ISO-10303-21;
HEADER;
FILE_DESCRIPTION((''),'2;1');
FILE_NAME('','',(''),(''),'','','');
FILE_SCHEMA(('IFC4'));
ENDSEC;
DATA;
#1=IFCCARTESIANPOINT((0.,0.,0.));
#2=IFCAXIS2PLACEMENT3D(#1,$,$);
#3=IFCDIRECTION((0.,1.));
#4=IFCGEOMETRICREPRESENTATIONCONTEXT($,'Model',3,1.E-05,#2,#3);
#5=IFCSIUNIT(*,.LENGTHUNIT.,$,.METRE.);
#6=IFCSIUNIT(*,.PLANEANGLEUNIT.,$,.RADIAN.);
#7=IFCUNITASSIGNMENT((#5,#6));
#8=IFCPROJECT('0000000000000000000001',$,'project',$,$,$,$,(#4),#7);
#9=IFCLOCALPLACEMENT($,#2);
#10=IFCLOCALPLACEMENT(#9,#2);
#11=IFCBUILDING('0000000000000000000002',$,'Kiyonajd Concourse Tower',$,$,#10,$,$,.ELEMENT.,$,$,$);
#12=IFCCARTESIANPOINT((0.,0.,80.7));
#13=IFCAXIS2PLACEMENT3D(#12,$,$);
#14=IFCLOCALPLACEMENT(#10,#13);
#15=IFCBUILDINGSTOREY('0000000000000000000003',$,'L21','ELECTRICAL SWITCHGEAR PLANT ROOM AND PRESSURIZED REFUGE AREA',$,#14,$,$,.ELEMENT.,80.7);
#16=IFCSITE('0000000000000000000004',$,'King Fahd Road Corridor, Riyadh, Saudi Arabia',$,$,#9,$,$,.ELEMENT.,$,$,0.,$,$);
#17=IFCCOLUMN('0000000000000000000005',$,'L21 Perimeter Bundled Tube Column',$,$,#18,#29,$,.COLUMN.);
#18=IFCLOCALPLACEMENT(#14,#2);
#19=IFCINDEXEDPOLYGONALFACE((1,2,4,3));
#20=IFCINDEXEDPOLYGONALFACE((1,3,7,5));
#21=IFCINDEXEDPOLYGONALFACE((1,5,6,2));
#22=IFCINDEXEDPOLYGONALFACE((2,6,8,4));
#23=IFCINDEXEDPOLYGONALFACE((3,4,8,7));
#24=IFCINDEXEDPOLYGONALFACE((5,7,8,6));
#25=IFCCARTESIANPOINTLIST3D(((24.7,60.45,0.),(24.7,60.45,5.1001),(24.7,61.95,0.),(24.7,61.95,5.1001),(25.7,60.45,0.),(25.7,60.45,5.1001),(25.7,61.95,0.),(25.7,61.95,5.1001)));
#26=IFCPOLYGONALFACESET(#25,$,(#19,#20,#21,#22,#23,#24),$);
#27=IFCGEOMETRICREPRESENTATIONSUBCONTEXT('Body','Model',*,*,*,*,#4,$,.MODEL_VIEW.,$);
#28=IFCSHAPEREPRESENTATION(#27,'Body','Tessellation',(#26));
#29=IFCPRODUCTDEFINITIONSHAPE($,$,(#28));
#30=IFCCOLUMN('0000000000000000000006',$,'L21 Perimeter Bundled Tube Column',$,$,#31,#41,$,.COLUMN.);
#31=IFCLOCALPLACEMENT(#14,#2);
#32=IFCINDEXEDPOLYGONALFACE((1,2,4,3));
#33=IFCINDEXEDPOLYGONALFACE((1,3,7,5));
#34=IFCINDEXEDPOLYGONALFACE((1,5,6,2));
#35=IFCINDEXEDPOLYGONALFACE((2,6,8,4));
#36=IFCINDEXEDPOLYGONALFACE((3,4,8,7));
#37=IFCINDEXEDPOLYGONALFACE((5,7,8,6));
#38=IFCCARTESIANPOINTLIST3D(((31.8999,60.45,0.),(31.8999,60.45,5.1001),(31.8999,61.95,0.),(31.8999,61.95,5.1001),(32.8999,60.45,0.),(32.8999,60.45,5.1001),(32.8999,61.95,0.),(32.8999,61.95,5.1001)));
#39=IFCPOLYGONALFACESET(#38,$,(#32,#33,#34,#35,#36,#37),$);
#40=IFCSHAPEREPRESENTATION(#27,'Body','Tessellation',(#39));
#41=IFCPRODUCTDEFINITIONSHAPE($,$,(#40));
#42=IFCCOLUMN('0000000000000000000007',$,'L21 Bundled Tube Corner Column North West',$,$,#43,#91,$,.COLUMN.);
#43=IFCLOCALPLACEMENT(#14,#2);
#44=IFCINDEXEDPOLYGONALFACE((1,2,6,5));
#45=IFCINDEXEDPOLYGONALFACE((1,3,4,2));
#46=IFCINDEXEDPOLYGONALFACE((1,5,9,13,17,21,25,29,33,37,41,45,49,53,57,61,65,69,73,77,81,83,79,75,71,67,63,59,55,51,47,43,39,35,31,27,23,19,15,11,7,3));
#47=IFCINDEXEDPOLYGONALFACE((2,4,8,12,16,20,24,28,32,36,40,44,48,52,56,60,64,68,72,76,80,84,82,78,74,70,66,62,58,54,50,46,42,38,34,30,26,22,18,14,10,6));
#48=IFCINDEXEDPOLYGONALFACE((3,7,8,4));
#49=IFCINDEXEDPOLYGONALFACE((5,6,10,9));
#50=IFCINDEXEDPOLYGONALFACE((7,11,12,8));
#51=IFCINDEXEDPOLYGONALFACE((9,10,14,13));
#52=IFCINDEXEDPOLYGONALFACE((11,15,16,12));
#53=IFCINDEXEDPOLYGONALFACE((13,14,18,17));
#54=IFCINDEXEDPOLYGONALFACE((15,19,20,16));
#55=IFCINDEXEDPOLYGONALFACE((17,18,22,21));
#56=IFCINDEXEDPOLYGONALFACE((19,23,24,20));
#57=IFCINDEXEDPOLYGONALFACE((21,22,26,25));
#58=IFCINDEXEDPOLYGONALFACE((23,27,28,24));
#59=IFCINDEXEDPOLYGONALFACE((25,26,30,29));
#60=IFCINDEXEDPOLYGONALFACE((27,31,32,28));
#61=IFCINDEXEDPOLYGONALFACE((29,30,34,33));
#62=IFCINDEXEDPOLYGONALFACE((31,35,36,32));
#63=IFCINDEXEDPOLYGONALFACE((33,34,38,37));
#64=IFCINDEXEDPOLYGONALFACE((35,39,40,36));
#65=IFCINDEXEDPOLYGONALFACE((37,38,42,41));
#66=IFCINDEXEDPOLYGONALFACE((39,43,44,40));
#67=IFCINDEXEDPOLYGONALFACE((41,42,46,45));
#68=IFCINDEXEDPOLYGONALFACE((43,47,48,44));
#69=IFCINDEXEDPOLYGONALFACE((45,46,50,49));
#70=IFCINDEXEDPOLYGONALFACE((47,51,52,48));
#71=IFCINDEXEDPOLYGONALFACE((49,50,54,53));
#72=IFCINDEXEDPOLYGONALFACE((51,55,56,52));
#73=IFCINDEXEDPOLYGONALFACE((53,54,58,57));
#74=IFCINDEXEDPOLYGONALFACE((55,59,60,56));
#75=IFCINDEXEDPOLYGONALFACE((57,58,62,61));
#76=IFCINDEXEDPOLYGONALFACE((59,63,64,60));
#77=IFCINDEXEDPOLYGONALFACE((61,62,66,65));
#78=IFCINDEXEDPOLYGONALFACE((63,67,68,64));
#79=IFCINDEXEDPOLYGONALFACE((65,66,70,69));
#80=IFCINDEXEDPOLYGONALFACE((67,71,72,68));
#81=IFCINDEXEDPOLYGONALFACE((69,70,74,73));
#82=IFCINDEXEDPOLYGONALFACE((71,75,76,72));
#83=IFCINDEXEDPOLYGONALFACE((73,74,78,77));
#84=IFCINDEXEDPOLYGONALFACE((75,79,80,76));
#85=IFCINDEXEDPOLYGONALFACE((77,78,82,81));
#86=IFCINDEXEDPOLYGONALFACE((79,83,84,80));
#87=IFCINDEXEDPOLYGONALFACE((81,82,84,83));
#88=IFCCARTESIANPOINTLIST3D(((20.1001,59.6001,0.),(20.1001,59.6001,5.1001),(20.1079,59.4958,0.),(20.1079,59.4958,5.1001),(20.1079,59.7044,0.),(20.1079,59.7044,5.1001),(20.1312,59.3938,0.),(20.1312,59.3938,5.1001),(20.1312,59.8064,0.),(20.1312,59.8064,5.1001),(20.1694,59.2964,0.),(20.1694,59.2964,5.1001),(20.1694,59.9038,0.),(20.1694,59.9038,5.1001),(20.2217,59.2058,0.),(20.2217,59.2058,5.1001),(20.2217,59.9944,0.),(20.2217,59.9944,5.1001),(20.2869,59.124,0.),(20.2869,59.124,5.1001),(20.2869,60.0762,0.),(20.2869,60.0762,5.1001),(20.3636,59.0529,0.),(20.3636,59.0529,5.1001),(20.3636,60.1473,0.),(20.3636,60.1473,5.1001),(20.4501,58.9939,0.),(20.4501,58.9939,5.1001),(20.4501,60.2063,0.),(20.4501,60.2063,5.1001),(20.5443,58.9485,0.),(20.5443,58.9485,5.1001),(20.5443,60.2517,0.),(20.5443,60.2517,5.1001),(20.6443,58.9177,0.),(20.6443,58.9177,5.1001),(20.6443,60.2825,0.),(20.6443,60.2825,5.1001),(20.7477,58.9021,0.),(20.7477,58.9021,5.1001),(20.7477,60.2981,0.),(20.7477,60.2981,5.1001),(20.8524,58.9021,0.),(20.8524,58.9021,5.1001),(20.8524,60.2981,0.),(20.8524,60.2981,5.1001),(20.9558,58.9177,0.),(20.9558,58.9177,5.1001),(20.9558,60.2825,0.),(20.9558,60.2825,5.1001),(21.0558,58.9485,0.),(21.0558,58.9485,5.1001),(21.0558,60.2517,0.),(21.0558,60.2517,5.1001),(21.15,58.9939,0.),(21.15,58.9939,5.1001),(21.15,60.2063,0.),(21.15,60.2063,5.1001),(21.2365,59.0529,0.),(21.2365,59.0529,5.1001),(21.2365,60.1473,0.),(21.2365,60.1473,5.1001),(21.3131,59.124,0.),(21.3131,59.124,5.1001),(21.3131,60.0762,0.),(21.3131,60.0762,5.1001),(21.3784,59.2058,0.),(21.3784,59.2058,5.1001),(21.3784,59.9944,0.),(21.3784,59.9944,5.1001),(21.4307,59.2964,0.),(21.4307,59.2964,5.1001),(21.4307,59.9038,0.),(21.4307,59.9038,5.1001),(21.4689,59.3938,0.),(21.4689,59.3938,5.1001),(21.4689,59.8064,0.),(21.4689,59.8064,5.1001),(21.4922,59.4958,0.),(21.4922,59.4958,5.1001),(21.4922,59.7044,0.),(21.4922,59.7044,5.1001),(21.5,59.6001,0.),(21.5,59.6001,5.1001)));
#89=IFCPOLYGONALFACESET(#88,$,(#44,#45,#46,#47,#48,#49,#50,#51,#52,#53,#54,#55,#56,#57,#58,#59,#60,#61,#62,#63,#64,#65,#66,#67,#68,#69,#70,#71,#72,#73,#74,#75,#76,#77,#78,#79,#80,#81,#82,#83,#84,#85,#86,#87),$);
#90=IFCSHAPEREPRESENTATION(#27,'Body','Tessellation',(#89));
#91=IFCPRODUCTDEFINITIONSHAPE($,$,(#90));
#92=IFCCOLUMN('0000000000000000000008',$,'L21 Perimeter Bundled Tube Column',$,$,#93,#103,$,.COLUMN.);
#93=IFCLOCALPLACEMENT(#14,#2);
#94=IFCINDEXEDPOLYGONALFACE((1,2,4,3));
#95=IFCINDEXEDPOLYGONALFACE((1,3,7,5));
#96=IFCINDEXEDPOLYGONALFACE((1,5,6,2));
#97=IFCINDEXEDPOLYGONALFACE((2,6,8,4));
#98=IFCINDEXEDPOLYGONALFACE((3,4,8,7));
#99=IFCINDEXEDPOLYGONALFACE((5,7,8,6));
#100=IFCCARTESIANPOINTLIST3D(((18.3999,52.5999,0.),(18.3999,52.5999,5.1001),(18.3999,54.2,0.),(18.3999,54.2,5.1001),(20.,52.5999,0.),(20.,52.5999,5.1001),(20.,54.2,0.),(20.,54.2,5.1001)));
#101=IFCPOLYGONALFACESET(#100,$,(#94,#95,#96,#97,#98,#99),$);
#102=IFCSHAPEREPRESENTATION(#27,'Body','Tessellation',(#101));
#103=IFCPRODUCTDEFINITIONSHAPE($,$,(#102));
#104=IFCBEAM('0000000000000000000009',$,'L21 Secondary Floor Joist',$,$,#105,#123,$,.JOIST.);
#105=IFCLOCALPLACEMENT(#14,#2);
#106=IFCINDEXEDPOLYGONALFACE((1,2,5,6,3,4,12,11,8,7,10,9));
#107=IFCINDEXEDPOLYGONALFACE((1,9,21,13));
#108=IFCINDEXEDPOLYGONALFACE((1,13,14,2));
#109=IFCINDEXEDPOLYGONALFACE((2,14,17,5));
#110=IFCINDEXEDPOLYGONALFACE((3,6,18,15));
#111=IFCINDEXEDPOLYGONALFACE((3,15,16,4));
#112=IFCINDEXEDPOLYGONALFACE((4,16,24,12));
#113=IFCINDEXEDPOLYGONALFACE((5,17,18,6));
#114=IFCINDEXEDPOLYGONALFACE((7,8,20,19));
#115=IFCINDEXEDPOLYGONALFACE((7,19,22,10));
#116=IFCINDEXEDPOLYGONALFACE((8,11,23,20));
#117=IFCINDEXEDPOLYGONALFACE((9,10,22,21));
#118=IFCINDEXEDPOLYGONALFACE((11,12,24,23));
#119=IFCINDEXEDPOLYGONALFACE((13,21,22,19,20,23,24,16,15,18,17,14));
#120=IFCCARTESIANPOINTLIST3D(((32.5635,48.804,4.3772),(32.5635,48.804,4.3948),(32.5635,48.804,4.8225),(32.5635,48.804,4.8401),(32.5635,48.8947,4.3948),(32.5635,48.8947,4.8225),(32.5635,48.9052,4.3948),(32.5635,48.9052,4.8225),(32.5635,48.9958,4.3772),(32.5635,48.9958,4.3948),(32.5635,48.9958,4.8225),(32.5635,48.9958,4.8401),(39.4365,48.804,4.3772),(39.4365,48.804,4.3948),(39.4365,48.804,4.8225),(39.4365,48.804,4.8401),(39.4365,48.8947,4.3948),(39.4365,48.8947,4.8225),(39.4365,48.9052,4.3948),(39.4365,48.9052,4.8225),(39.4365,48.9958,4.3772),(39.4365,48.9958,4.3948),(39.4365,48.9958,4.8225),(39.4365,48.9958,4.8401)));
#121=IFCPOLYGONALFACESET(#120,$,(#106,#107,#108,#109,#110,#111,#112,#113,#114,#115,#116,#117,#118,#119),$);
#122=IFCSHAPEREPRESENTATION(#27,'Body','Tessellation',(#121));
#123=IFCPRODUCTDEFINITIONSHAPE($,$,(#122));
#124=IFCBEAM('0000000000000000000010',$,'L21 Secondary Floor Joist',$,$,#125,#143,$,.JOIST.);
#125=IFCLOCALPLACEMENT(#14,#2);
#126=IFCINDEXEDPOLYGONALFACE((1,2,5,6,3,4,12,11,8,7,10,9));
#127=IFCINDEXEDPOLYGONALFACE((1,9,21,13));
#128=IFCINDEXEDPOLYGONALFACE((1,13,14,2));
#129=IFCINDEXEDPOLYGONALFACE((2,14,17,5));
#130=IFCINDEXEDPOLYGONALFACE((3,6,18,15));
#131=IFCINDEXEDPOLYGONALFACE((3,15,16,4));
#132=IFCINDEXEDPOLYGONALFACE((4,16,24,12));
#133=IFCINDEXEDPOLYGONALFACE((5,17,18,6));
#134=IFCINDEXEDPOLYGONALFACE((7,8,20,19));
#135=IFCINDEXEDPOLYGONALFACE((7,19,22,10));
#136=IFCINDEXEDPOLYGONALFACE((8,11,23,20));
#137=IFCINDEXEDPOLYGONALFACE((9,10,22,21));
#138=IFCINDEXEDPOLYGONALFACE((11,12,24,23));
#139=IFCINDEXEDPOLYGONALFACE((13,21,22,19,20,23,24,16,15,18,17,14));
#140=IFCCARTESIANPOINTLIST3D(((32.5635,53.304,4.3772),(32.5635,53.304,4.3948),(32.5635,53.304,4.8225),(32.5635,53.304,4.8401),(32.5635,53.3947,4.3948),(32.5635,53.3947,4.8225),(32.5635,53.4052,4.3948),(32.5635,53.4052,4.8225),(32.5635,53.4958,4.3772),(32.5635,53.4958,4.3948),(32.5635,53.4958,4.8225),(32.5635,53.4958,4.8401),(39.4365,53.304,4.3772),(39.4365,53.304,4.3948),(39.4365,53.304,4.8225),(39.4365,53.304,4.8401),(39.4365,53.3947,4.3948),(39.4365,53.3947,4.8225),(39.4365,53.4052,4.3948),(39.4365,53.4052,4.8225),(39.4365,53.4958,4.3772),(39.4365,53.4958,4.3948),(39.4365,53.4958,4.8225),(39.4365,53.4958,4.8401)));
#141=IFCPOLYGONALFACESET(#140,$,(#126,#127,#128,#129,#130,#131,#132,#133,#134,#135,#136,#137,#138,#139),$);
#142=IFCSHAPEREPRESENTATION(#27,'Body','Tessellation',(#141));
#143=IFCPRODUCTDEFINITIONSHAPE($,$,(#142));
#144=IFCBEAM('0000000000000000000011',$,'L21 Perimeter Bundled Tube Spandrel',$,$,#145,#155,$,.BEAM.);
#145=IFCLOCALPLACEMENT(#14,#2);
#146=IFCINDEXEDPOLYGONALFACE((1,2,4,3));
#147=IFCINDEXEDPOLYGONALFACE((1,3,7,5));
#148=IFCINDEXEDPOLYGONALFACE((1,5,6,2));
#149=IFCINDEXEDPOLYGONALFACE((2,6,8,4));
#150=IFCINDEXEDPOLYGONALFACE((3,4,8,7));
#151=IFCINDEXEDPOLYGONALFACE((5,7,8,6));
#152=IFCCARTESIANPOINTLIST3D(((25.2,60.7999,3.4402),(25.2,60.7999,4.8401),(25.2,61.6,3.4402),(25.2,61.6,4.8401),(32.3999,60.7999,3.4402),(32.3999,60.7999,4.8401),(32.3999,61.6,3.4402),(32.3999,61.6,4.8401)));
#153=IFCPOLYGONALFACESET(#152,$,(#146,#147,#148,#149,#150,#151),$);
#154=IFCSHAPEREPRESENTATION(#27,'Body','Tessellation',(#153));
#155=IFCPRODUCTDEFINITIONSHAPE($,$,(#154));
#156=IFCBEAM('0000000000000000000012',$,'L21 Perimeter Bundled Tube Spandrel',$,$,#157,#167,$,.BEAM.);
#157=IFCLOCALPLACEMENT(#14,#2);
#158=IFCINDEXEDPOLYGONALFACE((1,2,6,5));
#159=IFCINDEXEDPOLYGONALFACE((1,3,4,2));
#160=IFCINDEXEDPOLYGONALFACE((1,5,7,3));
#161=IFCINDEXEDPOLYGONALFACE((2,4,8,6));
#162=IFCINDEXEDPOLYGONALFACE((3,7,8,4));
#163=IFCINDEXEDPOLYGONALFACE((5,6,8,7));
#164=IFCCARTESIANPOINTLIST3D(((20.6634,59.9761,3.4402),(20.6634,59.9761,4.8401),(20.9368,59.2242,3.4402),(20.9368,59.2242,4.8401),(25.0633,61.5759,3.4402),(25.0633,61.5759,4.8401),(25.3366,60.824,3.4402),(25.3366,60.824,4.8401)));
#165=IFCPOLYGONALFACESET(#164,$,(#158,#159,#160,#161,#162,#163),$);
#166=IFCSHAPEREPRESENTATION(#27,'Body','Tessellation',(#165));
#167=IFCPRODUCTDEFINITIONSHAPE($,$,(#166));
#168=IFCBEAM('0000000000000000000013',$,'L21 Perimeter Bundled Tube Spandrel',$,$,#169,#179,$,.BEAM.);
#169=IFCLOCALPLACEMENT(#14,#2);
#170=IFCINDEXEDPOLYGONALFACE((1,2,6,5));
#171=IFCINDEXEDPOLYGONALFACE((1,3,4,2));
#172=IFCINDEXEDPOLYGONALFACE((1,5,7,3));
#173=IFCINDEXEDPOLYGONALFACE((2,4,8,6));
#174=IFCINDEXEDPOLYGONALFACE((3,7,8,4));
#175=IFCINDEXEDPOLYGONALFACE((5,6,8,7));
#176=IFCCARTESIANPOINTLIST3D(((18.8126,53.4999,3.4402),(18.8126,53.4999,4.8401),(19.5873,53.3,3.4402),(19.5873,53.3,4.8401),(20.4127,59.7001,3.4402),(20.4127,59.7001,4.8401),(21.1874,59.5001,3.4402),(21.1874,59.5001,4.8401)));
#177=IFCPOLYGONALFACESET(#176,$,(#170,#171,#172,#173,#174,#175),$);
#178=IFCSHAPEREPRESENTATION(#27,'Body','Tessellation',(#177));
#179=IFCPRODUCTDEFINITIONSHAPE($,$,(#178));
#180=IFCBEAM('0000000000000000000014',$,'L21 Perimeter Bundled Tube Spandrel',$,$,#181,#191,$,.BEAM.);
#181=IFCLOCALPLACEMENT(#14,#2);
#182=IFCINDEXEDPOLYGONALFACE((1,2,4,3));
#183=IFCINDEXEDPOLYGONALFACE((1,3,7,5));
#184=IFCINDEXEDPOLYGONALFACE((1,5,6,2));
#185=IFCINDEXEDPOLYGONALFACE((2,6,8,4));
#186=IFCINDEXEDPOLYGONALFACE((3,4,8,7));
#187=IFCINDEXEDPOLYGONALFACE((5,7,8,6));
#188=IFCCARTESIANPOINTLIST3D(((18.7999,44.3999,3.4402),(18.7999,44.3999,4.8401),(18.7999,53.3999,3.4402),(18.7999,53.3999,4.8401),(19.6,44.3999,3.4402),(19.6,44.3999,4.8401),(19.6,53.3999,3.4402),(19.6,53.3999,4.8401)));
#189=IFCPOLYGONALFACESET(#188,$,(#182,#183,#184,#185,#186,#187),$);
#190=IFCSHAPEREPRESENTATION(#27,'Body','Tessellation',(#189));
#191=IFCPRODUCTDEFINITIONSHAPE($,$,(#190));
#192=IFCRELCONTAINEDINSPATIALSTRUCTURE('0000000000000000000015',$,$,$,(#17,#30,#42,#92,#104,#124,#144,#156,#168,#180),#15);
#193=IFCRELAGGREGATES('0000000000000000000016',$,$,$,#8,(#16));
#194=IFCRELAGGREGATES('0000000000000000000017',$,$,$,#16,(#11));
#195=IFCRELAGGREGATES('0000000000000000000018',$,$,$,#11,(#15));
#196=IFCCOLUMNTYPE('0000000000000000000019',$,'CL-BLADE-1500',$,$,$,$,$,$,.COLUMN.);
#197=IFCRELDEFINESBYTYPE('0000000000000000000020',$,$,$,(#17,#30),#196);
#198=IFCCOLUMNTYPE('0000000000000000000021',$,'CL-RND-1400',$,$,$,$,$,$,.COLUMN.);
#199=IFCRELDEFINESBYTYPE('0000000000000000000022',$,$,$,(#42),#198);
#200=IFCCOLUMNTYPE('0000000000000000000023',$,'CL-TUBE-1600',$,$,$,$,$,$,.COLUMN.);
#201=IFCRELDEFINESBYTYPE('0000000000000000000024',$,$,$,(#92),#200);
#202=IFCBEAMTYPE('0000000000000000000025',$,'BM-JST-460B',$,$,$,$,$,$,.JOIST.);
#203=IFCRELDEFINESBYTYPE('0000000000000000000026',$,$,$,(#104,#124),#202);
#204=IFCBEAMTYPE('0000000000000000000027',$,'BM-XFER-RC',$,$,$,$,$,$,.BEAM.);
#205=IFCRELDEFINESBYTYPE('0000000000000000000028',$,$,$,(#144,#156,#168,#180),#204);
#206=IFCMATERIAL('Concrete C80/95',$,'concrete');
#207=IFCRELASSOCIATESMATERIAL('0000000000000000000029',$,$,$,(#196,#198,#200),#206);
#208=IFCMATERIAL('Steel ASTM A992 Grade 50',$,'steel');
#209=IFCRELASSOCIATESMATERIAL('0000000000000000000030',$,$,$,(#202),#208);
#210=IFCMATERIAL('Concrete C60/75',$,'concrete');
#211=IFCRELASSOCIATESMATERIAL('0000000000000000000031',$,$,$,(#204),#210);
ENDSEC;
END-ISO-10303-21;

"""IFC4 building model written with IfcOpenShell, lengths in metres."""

from ifc_helpers import new_model, si_unit, direction, frame, origin, origin_2d, place, context, subcontext, project, spatial, rectangle, circle, i_section, extrude, material, material_profile, profile_set, type_object, element, save


model = new_model("IFC4")

# Units and contexts
model_context = context("Model", 3, precision=1e-05, world=origin(), true_north=direction((0.0, 1.0)))
body_context = subcontext(model_context, "Body", "Model", "MODEL_VIEW")
ifc_project = project(units=[si_unit("LENGTHUNIT", "METRE"), si_unit("PLANEANGLEUNIT", "RADIAN")], contexts=[model_context])

# Site, building, storey
site_placement = place(None, origin())
site = spatial("IfcSite", under=ifc_project, at=site_placement, Name="King Fahd Road Corridor, Riyadh, Saudi Arabia", CompositionType="ELEMENT", RefElevation=0.0)
building_placement = place(site_placement, origin())
building = spatial("IfcBuilding", under=site, at=building_placement, Name="Kiyonajd Concourse Tower", CompositionType="ELEMENT")
storey_placement = place(building_placement, frame((0.0, 0.0, 80.7)))
storey = spatial("IfcBuildingStorey", under=building, at=storey_placement, Name="L21", Description="ELECTRICAL SWITCHGEAR PLANT ROOM AND PRESSURIZED REFUGE AREA", CompositionType="ELEMENT", Elevation=80.7)

# Columns
ifc_material_1 = material(Name="Concrete C80/95", Category="concrete")
ifc_material_profile_1 = material_profile(ifc_material_1, rectangle(XDim=1.0, YDim=1.5, at=origin_2d()), Name="RC-1500x1000")
ifc_profile_set_1 = profile_set([ifc_material_profile_1], Name="Concrete C80/95")
column_type_1 = type_object("IfcColumnType", Name="CL-BLADE-1500", PredefinedType="COLUMN", material=ifc_profile_set_1)
for number, where, z_axis, x_axis, name in (
    (1, (25.2, 61.2, 0.0), (0.0, 0.0, 1.0), (1.0, 0.0, 0.0), "L21 Perimeter Bundled Tube Column"),
    (2, (32.3999, 61.2, 0.0), (0.0, 0.0, 1.0), (1.0, 0.0, 0.0), "L21 Perimeter Bundled Tube Column"),
):
    element("IfcColumn", number, at=place(storey_placement, frame(where, z_axis=z_axis, x_axis=x_axis)), inside=storey, type_object=column_type_1, Name=name, PredefinedType="COLUMN", context=body_context, shape_type="SweptSolid", body=[
        extrude(rectangle(XDim=1.0, YDim=1.5, at=origin_2d()), origin(), (0.0, 0.0, 1.0), 5.1001),
    ])
ifc_material_profile_2 = material_profile(ifc_material_1, circle(Radius=0.7, at=origin_2d()), Name="RCC-D1400")
ifc_profile_set_2 = profile_set([ifc_material_profile_2], Name="Concrete C80/95")
column_type_2 = type_object("IfcColumnType", Name="CL-RND-1400", PredefinedType="COLUMN", material=ifc_profile_set_2)
column_1_placement = place(storey_placement, frame((20.8, 59.6001, 0.0), z_axis=(0.0, 0.0, 1.0), x_axis=(1.0, 0.0, 0.0)))
element("IfcColumn", 3, at=column_1_placement, inside=storey, type_object=column_type_2, Name="L21 Bundled Tube Corner Column North West", PredefinedType="COLUMN", context=body_context, shape_type="SweptSolid", body=[
    extrude(circle(Radius=0.7, at=origin_2d()), origin(), (0.0, 0.0, 1.0), 5.1001),
])
ifc_material_profile_3 = material_profile(ifc_material_1, rectangle(XDim=1.6001, YDim=1.6001, at=origin_2d()), Name="RC-1600x1600")
ifc_profile_set_3 = profile_set([ifc_material_profile_3], Name="Concrete C80/95")
column_type_3 = type_object("IfcColumnType", Name="CL-TUBE-1600", PredefinedType="COLUMN", material=ifc_profile_set_3)
column_2_placement = place(storey_placement, frame((19.2, 53.3999, 0.0), z_axis=(0.0, 0.0, 1.0), x_axis=(1.0, 0.0, 0.0)))
element("IfcColumn", 4, at=column_2_placement, inside=storey, type_object=column_type_3, Name="L21 Perimeter Bundled Tube Column", PredefinedType="COLUMN", context=body_context, shape_type="SweptSolid", body=[
    extrude(rectangle(XDim=1.6001, YDim=1.6001, at=origin_2d()), origin(), (0.0, 0.0, 1.0), 5.1001),
])

# Beams
ifc_material_2 = material(Name="Steel ASTM A992 Grade 50", Category="steel")
ifc_material_profile_4 = material_profile(ifc_material_2, i_section(OverallWidth=0.1919, OverallDepth=0.4629, WebThickness=0.0105, FlangeThickness=0.0176, at=origin_2d()), Name="W460X89")
ifc_profile_set_4 = profile_set([ifc_material_profile_4], Name="Steel ASTM A992 Grade 50")
beam_type_1 = type_object("IfcBeamType", Name="BM-JST-460B", PredefinedType="JOIST", material=ifc_profile_set_4)
for number, where, z_axis, x_axis, name in (
    (5, (32.5635, 48.8999, 4.6086), (1.0, 0.0, 0.0), (0.0, 1.0, 0.0), "L21 Secondary Floor Joist"),
    (6, (32.5635, 53.3999, 4.6086), (1.0, 0.0, 0.0), (0.0, 1.0, 0.0), "L21 Secondary Floor Joist"),
):
    element("IfcBeam", number, at=place(storey_placement, frame(where, z_axis=z_axis, x_axis=x_axis)), inside=storey, type_object=beam_type_1, Name=name, PredefinedType="JOIST", context=body_context, shape_type="SweptSolid", body=[
        extrude(i_section(OverallWidth=0.1919, OverallDepth=0.4629, WebThickness=0.0105, FlangeThickness=0.0176, at=origin_2d()), origin(), (0.0, 0.0, 1.0), 6.873),
    ])
ifc_material_3 = material(Name="Concrete C60/75", Category="concrete")
ifc_material_profile_5 = material_profile(ifc_material_3, rectangle(XDim=0.8, YDim=1.3999, at=origin_2d()), Name="RCBM-800x1400")
ifc_profile_set_5 = profile_set([ifc_material_profile_5], Name="Concrete C60/75")
beam_type_2 = type_object("IfcBeamType", Name="BM-XFER-RC", PredefinedType="BEAM", material=ifc_profile_set_5)
beam_1_placement = place(storey_placement, frame((32.3999, 61.2, 4.1401), z_axis=(-1.0, 0.0, 0.0), x_axis=(0.0, -1.0, 0.0)))
element("IfcBeam", 7, at=beam_1_placement, inside=storey, type_object=beam_type_2, Name="L21 Perimeter Bundled Tube Spandrel", PredefinedType="BEAM", context=body_context, shape_type="SweptSolid", body=[
    extrude(rectangle(XDim=0.8, YDim=1.3999, at=origin_2d()), origin(), (0.0, 0.0, 1.0), 7.2),
])
beam_2_placement = place(storey_placement, frame((25.2, 61.2, 4.1401), z_axis=(-0.939801, -0.341722, 0.0), x_axis=(0.341722, -0.939801, 0.0)))
element("IfcBeam", 8, at=beam_2_placement, inside=storey, type_object=beam_type_2, Name="L21 Perimeter Bundled Tube Spandrel", PredefinedType="BEAM", context=body_context, shape_type="SweptSolid", body=[
    extrude(rectangle(XDim=0.8, YDim=1.3999, at=origin_2d()), origin(), (0.0, 0.0, 1.0), 4.6816),
])
beam_3_placement = place(storey_placement, frame((20.8, 59.6001, 4.1401), z_axis=(-0.249885, -0.968276, 0.0), x_axis=(0.968276, -0.249885, 0.0)))
element("IfcBeam", 9, at=beam_3_placement, inside=storey, type_object=beam_type_2, Name="L21 Perimeter Bundled Tube Spandrel", PredefinedType="BEAM", context=body_context, shape_type="SweptSolid", body=[
    extrude(rectangle(XDim=0.8, YDim=1.3999, at=origin_2d()), origin(), (0.0, 0.0, 1.0), 6.4033),
])
beam_4_placement = place(storey_placement, frame((19.2, 53.3999, 4.1401), z_axis=(0.0, -1.0, 0.0), x_axis=(1.0, 0.0, 0.0)))
element("IfcBeam", 10, at=beam_4_placement, inside=storey, type_object=beam_type_2, Name="L21 Perimeter Bundled Tube Spandrel", PredefinedType="BEAM", context=body_context, shape_type="SweptSolid", body=[
    extrude(rectangle(XDim=0.8, YDim=1.3999, at=origin_2d()), origin(), (0.0, 0.0, 1.0), 9.0),
])

save(model, "model.ifc")
